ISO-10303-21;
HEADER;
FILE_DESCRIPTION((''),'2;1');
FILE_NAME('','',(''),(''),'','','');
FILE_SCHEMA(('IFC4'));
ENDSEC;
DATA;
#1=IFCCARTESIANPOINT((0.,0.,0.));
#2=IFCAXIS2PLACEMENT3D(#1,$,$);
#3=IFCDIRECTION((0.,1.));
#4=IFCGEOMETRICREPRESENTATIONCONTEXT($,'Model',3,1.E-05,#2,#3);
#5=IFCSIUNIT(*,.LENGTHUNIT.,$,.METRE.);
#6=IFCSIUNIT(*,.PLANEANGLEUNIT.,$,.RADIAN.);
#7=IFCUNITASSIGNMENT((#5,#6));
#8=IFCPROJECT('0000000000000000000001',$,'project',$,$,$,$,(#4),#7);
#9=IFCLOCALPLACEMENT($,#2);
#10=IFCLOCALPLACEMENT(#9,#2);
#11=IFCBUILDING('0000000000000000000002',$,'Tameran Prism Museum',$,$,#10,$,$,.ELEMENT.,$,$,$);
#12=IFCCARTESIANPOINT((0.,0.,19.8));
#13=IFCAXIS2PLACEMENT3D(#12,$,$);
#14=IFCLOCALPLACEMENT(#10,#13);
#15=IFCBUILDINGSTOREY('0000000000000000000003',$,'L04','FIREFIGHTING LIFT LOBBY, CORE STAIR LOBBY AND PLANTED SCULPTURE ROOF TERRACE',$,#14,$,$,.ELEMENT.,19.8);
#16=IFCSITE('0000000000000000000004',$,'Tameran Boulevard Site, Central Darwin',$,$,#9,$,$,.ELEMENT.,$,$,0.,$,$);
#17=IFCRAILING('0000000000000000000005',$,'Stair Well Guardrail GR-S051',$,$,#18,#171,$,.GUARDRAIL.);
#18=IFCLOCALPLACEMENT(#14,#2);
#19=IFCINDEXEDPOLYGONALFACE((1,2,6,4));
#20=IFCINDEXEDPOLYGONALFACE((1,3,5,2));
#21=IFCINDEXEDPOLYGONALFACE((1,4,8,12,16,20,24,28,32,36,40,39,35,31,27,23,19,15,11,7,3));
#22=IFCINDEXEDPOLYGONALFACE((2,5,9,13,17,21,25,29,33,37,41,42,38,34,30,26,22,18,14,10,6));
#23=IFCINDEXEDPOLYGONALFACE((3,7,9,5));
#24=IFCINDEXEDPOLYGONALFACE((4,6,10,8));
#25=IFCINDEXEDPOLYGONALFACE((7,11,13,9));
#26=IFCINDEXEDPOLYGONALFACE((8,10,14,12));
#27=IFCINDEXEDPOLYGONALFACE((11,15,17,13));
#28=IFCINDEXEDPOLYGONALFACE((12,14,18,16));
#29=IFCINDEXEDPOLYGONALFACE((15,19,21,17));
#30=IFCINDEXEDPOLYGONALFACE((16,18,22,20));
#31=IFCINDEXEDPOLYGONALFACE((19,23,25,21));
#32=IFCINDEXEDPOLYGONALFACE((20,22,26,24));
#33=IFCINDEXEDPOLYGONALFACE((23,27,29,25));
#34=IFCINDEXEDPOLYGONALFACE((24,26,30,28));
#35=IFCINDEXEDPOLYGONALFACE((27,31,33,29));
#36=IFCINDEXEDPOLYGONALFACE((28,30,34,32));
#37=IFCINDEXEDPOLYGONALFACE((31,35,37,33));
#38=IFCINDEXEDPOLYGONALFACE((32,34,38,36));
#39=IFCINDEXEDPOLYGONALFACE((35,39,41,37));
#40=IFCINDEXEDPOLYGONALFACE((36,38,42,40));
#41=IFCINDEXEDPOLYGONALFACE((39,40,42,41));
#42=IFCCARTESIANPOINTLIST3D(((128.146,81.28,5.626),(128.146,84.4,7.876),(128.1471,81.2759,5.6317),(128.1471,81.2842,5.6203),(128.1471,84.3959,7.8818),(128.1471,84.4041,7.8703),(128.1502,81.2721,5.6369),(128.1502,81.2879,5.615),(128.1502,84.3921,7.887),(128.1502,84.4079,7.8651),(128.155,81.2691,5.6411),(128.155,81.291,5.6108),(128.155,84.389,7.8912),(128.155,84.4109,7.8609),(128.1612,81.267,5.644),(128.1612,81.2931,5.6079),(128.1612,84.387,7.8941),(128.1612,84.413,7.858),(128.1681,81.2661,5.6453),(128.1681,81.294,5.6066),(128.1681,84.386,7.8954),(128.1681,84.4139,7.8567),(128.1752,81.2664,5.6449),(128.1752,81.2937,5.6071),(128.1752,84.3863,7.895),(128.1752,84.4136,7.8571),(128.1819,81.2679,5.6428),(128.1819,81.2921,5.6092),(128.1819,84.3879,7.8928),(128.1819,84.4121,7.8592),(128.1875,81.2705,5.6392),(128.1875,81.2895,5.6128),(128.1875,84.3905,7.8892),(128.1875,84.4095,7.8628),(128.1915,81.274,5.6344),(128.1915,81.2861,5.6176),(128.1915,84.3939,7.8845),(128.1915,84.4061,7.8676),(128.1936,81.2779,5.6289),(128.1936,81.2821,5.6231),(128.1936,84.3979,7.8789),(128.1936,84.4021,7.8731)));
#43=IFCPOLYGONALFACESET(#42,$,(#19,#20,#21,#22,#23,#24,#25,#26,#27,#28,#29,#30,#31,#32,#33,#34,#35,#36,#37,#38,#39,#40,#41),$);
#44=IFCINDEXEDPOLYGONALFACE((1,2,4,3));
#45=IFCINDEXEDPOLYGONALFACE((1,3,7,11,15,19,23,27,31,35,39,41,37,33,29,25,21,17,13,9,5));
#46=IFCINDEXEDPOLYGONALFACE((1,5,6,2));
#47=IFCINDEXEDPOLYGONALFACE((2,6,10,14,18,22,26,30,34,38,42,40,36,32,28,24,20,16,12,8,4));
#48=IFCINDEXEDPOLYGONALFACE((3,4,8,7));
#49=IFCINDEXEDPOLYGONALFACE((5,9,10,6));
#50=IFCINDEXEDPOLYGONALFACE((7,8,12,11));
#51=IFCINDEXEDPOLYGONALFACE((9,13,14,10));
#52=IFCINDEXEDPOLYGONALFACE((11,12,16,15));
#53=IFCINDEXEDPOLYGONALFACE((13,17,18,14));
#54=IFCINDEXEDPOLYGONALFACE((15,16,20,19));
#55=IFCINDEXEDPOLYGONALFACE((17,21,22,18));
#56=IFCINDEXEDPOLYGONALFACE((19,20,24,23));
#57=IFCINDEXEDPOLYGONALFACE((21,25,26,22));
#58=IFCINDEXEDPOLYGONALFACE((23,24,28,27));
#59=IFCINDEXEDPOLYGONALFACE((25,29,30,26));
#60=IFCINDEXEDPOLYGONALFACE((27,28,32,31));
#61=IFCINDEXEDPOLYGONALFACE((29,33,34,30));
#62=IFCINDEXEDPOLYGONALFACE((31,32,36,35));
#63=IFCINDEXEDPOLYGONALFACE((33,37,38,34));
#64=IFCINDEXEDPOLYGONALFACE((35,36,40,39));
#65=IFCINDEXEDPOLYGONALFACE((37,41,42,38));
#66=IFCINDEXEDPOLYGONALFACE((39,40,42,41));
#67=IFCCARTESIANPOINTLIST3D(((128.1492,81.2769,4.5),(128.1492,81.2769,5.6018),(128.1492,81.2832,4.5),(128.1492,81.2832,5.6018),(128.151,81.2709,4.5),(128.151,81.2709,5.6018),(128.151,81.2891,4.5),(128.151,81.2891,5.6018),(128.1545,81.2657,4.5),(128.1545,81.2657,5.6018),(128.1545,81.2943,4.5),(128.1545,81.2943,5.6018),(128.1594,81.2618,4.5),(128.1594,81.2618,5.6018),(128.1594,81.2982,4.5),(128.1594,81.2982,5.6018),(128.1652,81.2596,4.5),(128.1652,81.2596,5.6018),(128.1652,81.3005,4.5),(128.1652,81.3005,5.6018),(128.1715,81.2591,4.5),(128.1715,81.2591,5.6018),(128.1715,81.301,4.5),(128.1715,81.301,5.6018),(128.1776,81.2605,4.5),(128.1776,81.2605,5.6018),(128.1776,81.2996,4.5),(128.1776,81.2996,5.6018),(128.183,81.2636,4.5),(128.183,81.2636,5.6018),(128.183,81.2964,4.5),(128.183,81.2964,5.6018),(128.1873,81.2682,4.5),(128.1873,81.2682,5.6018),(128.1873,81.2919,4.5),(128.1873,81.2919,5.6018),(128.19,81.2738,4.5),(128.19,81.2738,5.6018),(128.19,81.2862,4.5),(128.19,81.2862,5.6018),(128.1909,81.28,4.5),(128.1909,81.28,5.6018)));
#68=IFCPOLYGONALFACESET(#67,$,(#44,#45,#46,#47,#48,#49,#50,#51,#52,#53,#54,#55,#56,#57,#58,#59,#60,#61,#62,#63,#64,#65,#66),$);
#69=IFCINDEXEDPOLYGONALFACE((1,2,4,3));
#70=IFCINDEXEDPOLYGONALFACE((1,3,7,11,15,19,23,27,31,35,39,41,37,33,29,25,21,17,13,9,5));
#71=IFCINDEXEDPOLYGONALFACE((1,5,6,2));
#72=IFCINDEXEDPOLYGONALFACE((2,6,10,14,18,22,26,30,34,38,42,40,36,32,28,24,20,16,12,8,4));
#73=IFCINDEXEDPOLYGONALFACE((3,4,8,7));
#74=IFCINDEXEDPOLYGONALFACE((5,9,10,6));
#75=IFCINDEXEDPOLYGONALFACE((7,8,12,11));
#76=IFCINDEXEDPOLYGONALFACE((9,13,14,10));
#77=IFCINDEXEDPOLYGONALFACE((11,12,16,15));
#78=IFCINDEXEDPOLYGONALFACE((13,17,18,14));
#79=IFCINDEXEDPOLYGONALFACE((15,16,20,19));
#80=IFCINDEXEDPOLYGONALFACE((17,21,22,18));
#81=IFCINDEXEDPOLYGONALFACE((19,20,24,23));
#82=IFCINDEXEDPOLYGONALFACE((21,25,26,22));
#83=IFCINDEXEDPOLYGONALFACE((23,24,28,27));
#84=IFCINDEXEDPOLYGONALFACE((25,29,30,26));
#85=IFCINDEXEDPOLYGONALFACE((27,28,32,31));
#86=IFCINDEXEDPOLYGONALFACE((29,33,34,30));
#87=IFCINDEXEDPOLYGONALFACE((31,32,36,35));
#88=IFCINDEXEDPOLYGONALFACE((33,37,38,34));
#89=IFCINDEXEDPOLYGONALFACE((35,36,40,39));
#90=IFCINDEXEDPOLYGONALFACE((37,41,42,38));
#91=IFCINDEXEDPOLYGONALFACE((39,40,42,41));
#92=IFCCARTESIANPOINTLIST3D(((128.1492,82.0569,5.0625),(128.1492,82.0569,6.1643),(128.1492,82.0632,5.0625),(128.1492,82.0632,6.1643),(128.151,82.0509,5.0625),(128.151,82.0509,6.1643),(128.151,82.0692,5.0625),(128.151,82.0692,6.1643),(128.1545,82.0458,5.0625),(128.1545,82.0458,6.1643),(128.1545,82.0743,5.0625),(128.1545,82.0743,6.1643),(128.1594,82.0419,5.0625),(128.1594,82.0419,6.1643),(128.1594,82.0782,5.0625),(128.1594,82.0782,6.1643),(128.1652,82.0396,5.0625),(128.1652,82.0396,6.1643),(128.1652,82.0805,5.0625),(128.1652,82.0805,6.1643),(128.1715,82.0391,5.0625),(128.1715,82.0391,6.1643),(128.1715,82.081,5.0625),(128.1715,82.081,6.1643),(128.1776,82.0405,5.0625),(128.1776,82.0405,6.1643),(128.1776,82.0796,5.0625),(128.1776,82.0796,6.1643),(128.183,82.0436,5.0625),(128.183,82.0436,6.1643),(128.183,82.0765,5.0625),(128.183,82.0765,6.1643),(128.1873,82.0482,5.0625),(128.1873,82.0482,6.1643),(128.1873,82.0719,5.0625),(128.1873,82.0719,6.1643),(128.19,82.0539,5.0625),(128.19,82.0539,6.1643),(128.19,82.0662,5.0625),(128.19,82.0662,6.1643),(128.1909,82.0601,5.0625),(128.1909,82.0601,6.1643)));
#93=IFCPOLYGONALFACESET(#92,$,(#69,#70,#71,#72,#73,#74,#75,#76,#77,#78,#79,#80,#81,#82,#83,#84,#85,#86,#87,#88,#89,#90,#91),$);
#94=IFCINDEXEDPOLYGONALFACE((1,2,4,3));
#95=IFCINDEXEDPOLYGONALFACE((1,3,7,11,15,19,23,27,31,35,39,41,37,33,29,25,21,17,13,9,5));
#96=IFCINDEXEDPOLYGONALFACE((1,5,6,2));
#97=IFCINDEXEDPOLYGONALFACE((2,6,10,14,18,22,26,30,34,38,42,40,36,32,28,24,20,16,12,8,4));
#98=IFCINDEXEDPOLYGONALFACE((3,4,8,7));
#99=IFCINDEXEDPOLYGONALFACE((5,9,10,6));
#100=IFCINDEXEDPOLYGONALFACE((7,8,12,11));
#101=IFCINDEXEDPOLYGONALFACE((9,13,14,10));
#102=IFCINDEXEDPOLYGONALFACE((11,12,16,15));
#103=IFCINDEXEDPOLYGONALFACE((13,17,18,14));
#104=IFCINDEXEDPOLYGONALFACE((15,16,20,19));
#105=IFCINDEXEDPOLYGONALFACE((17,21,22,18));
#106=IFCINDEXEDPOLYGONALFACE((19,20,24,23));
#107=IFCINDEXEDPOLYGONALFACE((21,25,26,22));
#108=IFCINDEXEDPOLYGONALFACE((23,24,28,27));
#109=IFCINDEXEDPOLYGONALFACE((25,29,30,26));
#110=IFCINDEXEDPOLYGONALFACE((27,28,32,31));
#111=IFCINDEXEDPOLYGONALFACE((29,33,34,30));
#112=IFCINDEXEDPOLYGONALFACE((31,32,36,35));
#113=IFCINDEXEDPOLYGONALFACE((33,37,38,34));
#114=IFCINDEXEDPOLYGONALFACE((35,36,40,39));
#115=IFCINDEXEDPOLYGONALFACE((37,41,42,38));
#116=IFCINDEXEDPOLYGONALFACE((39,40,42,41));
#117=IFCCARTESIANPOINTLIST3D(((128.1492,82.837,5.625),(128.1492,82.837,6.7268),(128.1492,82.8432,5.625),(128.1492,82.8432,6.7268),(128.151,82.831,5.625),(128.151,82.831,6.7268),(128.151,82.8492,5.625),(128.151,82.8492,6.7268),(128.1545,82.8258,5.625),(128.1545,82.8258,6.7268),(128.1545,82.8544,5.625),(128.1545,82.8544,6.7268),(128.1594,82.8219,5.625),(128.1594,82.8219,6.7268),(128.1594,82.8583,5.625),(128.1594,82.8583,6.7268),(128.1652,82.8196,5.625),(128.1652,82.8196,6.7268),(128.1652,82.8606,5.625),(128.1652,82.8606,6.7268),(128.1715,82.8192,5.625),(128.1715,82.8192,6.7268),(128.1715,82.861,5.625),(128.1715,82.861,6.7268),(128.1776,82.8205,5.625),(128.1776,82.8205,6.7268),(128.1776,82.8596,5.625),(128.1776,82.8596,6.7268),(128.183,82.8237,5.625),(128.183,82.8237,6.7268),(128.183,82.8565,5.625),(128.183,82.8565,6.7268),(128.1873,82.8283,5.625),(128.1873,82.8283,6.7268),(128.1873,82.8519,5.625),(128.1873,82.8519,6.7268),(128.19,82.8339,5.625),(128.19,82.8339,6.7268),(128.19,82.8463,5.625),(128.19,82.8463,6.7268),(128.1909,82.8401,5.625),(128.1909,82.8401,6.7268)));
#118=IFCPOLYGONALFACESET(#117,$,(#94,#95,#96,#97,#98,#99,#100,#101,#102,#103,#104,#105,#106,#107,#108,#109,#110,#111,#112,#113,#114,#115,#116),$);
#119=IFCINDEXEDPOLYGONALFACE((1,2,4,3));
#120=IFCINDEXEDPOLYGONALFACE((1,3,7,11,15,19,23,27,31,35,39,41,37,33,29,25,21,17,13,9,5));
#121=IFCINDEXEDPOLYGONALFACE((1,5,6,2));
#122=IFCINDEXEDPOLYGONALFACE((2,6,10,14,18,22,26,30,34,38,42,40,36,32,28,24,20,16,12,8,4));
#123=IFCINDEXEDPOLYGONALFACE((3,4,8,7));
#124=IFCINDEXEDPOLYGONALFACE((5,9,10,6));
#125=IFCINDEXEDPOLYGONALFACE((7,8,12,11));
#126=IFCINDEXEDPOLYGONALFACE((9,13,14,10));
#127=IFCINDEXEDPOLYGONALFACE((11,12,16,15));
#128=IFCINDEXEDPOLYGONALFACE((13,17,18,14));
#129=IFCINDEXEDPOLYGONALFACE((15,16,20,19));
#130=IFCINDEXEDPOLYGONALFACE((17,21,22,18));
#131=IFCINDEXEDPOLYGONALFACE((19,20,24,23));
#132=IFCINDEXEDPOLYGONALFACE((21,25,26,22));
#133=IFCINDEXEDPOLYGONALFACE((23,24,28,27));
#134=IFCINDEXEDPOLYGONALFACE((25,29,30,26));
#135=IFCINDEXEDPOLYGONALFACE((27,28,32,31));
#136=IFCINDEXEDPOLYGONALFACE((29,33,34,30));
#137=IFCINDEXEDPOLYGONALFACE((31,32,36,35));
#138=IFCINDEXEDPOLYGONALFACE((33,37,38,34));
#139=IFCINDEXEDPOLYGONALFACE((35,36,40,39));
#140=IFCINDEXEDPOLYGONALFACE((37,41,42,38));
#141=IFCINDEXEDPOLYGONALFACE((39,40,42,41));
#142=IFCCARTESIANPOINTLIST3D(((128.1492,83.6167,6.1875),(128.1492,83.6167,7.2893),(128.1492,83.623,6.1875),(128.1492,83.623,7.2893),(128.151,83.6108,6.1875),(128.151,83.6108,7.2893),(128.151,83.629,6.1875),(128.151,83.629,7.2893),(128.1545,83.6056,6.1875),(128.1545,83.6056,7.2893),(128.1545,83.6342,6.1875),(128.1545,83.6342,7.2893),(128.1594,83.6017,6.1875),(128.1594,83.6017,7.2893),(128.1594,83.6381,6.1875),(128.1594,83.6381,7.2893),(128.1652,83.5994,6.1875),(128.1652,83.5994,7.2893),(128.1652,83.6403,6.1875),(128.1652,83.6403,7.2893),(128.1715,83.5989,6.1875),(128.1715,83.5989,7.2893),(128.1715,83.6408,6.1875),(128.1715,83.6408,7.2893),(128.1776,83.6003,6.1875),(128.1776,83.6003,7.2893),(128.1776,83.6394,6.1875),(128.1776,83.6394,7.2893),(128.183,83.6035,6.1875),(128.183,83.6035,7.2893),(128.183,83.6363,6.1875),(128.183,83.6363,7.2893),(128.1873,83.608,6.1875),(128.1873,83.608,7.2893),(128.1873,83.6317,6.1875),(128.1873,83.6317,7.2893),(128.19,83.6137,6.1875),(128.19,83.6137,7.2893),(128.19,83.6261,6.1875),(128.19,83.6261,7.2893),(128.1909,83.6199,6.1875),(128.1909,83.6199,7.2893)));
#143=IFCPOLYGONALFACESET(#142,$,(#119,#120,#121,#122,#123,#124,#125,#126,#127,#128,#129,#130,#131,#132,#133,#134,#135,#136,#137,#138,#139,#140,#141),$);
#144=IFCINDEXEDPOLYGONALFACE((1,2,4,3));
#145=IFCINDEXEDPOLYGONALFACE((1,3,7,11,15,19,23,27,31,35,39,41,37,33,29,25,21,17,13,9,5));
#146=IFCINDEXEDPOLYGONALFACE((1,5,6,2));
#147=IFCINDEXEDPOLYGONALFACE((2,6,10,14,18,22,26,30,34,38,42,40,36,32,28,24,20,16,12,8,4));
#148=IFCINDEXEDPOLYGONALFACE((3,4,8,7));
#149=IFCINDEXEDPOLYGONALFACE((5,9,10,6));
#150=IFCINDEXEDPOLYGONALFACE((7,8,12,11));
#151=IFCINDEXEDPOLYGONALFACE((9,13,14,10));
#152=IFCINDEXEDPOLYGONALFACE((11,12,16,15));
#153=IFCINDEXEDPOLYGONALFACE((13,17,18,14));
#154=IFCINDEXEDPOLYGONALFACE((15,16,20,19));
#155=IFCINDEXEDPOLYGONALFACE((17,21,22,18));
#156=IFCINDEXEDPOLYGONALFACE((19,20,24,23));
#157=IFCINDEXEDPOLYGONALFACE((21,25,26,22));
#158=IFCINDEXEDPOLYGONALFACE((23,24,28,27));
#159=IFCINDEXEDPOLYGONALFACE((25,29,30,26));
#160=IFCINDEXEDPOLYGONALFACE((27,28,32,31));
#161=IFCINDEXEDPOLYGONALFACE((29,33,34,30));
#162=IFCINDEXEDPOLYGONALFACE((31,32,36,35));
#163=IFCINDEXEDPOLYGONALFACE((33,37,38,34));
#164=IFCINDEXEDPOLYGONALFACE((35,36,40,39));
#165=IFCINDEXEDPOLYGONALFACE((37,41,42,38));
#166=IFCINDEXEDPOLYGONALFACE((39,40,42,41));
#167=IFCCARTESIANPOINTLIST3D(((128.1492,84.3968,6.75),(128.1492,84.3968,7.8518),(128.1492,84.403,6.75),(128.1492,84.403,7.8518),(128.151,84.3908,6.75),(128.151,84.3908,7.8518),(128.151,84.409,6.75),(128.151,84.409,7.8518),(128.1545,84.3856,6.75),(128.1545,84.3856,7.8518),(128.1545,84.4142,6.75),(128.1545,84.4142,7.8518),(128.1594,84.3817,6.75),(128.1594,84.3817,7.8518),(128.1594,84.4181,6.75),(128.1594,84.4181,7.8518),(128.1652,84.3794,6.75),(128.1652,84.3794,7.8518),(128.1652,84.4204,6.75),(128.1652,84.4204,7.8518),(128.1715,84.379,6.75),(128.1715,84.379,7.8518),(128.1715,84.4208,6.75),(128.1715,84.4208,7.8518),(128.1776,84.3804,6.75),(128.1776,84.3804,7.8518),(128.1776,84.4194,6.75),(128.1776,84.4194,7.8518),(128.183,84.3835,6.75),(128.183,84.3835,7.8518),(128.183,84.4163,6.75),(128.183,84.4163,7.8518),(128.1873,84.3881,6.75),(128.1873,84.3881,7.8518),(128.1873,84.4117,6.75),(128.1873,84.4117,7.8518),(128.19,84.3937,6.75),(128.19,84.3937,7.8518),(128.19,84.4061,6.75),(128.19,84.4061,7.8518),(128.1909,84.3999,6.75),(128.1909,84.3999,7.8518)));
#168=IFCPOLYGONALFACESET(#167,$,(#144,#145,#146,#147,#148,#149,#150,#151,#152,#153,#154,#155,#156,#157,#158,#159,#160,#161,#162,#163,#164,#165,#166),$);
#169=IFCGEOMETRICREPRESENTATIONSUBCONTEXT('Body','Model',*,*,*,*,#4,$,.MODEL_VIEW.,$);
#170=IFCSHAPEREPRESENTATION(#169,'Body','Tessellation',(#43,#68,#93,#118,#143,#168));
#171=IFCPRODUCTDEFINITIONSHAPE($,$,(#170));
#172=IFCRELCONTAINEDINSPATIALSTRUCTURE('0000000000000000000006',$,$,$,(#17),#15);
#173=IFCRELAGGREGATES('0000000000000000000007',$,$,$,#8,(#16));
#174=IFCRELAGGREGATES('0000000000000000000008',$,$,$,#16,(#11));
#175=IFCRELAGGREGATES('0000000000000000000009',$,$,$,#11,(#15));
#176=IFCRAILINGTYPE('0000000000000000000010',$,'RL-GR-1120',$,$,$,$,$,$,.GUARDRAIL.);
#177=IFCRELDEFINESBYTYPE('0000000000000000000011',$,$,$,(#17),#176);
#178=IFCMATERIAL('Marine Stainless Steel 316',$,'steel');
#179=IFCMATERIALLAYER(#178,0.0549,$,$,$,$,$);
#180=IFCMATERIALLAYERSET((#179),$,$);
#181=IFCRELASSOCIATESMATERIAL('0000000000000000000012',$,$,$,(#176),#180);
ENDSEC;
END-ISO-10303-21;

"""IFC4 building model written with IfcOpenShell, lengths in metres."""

from ifc_helpers import new_model, si_unit, direction, frame, origin, origin_2d, place, context, subcontext, project, spatial, circle, extrude, material, layer, layer_set, type_object, element, save


model = new_model("IFC4")

# Units and contexts
model_context = context("Model", 3, precision=1e-05, world=origin(), true_north=direction((0.0, 1.0)))
body_context = subcontext(model_context, "Body", "Model", "MODEL_VIEW")
ifc_project = project(units=[si_unit("LENGTHUNIT", "METRE"), si_unit("PLANEANGLEUNIT", "RADIAN")], contexts=[model_context])

# Site, building, storey
site_placement = place(None, origin())
site = spatial("IfcSite", under=ifc_project, at=site_placement, Name="Tameran Boulevard Site, Central Darwin", CompositionType="ELEMENT", RefElevation=0.0)
building_placement = place(site_placement, origin())
building = spatial("IfcBuilding", under=site, at=building_placement, Name="Tameran Prism Museum", CompositionType="ELEMENT")
storey_placement = place(building_placement, frame((0.0, 0.0, 19.8)))
storey = spatial("IfcBuildingStorey", under=building, at=storey_placement, Name="L04", Description="FIREFIGHTING LIFT LOBBY, CORE STAIR LOBBY AND PLANTED SCULPTURE ROOF TERRACE", CompositionType="ELEMENT", Elevation=19.8)

# Railing
ifc_material_1 = material(Name="Marine Stainless Steel 316", Category="steel")
ifc_layer_1 = layer(ifc_material_1, 0.0549)
ifc_layer_set_1 = layer_set([ifc_layer_1])
railing_type_1 = type_object("IfcRailingType", Name="RL-GR-1120", PredefinedType="GUARDRAIL", material=ifc_layer_set_1)
for number, where, name in (
    (1, (128.1699, 81.28, 4.5), "Stair Well Guardrail GR-S051"),
):
    element("IfcRailing", number, at=place(storey_placement, frame(where)), inside=storey, type_object=railing_type_1, Name=name, PredefinedType="GUARDRAIL", context=body_context, shape_type="SweptSolid", body=[
        extrude(circle(Radius=0.0239, at=origin_2d()), frame((0.0, 0.0, 1.126), z_axis=(0.0, 0.811079, 0.584937), x_axis=(-1.0, 0.0, 0.0)), (0.0, 0.0, 1.0), 3.8467),
        extrude(circle(Radius=0.021, at=origin_2d()), origin(), (0.0, 0.0, 1.0), 1.1018),
        extrude(circle(Radius=0.021, at=origin_2d()), frame((0.0, 0.78, 0.5625)), (0.0, 0.0, 1.0), 1.1018),
        extrude(circle(Radius=0.021, at=origin_2d()), frame((0.0, 1.5601, 1.125)), (0.0, 0.0, 1.0), 1.1018),
        extrude(circle(Radius=0.021, at=origin_2d()), frame((0.0, 2.3398, 1.6875)), (0.0, 0.0, 1.0), 1.1018),
        extrude(circle(Radius=0.021, at=origin_2d()), frame((0.0, 3.1199, 2.25)), (0.0, 0.0, 1.0), 1.1018),
    ])

save(model, "model.ifc")
